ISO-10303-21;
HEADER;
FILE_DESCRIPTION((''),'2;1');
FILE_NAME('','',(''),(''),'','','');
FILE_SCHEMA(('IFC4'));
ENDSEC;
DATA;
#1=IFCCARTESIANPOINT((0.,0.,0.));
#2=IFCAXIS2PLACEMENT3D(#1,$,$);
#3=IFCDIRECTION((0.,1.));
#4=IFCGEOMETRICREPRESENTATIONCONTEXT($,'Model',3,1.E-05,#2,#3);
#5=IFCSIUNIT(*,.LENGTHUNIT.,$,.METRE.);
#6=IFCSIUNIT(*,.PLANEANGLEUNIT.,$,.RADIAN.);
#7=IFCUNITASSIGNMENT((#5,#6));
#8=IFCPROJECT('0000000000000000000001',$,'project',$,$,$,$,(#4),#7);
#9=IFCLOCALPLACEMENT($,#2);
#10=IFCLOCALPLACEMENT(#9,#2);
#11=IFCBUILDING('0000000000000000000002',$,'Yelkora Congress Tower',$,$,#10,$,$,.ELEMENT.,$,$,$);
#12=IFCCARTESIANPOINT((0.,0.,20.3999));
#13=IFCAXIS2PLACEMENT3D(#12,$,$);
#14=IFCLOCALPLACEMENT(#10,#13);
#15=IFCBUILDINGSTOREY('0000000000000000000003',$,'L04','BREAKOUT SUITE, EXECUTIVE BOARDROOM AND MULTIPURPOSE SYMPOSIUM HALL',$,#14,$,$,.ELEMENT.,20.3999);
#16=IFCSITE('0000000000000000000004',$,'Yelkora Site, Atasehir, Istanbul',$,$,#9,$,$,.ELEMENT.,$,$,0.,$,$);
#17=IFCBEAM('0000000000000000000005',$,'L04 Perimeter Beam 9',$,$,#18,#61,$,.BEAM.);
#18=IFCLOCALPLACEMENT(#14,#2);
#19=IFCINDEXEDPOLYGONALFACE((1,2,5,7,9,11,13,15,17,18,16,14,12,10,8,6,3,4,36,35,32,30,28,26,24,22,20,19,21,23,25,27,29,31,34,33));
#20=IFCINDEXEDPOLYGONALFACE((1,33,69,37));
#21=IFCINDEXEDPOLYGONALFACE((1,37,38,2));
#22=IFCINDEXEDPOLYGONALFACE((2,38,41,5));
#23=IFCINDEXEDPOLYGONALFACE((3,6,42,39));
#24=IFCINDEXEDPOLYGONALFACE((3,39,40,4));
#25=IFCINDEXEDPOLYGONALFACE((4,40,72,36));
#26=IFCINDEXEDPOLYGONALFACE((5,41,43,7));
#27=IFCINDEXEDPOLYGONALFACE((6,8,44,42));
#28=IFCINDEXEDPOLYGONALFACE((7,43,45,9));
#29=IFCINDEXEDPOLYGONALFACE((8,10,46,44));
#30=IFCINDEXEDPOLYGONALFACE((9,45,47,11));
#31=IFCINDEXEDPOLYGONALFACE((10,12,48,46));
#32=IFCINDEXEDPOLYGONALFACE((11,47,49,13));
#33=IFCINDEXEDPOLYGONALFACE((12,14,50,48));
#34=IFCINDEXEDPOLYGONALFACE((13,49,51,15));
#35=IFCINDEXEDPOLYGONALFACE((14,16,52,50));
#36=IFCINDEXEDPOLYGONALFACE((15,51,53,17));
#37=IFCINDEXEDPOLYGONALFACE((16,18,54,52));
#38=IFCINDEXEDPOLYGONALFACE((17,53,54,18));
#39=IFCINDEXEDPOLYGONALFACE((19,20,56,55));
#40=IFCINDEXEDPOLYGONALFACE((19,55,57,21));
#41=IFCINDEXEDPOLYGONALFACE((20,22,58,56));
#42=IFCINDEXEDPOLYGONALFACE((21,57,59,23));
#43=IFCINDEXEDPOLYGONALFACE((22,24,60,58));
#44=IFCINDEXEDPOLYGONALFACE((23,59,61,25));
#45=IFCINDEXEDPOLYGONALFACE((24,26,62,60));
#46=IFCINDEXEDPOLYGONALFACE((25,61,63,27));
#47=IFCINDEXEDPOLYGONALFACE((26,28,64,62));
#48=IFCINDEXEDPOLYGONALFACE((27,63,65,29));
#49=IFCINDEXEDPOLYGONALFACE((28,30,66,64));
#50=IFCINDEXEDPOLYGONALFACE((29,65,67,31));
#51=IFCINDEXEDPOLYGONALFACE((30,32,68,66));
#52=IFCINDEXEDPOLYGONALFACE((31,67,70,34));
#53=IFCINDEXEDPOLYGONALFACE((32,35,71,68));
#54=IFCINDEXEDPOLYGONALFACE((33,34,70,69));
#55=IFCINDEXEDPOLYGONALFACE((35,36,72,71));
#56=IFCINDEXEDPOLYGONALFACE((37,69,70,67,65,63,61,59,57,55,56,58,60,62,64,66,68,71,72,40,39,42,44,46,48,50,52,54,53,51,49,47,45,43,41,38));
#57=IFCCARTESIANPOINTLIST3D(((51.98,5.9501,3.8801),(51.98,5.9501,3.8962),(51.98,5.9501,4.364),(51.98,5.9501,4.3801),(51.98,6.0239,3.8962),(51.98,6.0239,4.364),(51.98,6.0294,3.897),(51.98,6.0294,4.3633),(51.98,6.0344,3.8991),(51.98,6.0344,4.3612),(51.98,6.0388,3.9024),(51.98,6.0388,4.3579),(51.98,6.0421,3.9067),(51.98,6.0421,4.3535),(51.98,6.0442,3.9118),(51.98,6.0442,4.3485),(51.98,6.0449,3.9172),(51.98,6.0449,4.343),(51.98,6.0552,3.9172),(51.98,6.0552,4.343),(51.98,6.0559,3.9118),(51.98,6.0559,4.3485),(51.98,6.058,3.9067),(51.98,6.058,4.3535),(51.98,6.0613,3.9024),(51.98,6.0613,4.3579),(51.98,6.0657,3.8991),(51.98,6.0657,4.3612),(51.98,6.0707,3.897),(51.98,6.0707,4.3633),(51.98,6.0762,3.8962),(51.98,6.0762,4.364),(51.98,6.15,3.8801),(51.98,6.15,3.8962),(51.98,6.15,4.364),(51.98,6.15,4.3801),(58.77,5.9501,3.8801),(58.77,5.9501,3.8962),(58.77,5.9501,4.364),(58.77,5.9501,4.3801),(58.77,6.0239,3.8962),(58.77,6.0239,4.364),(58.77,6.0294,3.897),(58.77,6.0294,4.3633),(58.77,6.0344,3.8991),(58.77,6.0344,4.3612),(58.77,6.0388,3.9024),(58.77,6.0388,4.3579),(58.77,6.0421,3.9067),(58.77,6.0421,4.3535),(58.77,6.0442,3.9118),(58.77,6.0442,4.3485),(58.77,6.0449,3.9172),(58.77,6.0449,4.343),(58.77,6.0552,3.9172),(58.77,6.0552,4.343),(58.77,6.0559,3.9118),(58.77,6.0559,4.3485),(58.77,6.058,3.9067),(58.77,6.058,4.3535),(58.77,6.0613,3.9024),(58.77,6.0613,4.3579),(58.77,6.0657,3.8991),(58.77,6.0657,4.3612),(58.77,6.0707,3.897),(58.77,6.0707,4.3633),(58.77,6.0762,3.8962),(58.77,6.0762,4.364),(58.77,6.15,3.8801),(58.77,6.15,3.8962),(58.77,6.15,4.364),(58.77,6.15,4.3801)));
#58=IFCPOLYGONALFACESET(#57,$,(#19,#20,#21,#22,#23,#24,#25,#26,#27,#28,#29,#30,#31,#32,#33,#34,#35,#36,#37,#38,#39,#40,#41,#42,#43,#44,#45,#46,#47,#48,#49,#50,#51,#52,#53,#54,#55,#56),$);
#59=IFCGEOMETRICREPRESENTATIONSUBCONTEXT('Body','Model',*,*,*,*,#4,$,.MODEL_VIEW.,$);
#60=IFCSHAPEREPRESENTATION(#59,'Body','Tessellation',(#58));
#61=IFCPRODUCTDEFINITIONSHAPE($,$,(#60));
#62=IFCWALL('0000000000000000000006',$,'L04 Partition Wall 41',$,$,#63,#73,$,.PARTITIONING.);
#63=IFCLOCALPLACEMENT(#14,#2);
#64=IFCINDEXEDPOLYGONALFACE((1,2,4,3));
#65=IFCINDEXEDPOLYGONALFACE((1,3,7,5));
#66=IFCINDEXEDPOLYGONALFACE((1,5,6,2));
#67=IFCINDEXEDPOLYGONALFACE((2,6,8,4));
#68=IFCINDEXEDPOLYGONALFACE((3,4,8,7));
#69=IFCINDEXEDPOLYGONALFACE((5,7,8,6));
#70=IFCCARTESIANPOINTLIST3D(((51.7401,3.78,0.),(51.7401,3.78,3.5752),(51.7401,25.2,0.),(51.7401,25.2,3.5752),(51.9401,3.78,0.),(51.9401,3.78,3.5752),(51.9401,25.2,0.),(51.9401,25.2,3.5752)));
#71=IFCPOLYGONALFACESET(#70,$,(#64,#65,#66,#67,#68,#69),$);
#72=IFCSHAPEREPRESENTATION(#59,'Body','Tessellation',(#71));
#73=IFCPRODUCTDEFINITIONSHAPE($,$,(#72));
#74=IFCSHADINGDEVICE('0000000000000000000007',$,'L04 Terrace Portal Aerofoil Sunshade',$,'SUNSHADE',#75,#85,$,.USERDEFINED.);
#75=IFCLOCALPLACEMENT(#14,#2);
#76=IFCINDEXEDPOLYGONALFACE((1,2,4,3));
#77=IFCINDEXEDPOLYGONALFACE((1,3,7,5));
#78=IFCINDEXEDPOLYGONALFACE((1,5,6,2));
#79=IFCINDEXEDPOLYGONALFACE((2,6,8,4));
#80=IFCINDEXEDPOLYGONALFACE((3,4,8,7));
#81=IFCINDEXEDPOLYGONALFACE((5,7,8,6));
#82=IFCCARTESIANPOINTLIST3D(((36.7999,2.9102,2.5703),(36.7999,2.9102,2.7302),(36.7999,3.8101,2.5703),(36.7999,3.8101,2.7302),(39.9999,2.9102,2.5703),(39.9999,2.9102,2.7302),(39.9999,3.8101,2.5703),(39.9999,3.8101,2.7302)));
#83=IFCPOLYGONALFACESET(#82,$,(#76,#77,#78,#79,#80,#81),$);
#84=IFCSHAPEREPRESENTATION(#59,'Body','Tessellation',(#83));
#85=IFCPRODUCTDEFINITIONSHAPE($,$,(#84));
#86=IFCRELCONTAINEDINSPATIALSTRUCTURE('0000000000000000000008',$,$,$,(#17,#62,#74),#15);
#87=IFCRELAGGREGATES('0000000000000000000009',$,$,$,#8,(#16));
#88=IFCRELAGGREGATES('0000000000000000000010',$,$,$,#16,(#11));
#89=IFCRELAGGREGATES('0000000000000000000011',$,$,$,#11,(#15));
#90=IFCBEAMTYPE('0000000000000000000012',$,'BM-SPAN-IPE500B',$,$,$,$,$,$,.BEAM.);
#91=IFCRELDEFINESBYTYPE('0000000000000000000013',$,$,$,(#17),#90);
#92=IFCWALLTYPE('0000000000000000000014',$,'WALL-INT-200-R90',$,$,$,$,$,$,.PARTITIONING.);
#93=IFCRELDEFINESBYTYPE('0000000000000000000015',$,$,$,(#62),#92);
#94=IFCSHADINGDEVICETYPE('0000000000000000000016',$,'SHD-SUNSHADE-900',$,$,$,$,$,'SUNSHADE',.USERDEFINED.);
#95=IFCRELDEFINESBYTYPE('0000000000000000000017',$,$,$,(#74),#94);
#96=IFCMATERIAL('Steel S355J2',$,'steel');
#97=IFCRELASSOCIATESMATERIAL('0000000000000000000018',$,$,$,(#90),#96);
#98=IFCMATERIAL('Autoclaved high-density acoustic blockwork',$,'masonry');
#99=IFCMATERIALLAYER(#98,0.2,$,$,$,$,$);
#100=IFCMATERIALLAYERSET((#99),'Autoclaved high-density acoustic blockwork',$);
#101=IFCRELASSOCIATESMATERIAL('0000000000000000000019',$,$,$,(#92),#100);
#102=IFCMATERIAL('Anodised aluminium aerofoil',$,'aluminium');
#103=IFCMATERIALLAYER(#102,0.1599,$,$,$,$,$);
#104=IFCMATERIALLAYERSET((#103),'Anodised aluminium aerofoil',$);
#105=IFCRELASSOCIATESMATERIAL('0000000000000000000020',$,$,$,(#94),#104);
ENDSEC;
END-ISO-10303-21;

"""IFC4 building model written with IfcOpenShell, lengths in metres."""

from ifc_helpers import new_model, si_unit, direction, frame, frame_2d, origin, origin_2d, place, context, subcontext, project, spatial, rectangle, i_section, extrude, material, layer, layer_set, material_profile, profile_set, type_object, element, save


model = new_model("IFC4")

# Units and contexts
model_context = context("Model", 3, precision=1e-05, world=origin(), true_north=direction((0.0, 1.0)))
body_context = subcontext(model_context, "Body", "Model", "MODEL_VIEW")
ifc_project = project(units=[si_unit("LENGTHUNIT", "METRE"), si_unit("PLANEANGLEUNIT", "RADIAN")], contexts=[model_context])

# Site, building, storey
site_placement = place(None, origin())
site = spatial("IfcSite", under=ifc_project, at=site_placement, Name="Yelkora Site, Atasehir, Istanbul", CompositionType="ELEMENT", RefElevation=0.0)
building_placement = place(site_placement, origin())
building = spatial("IfcBuilding", under=site, at=building_placement, Name="Yelkora Congress Tower", CompositionType="ELEMENT")
storey_placement = place(building_placement, frame((0.0, 0.0, 20.3999)))
storey = spatial("IfcBuildingStorey", under=building, at=storey_placement, Name="L04", Description="BREAKOUT SUITE, EXECUTIVE BOARDROOM AND MULTIPURPOSE SYMPOSIUM HALL", CompositionType="ELEMENT", Elevation=20.3999)

# Beam
ifc_material_1 = material(Name="Steel S355J2", Category="steel")
ifc_material_profile_1 = material_profile(ifc_material_1, i_section(OverallWidth=0.2, OverallDepth=0.5, WebThickness=0.0103, FlangeThickness=0.0161, FilletRadius=0.021, at=origin_2d()), Name="IPE 500")
ifc_profile_set_1 = profile_set([ifc_material_profile_1], Name="Steel S355J2")
beam_type_1 = type_object("IfcBeamType", Name="BM-SPAN-IPE500B", PredefinedType="BEAM", material=ifc_profile_set_1)
for number, where, z_axis, x_axis, name in (
    (1, (51.98, 6.05, 4.1301), (1.0, 0.0, 0.0), (0.0, 1.0, 0.0), "L04 Perimeter Beam 9"),
):
    element("IfcBeam", number, at=place(storey_placement, frame(where, z_axis=z_axis, x_axis=x_axis)), inside=storey, type_object=beam_type_1, Name=name, PredefinedType="BEAM", context=body_context, shape_type="SweptSolid", body=[
        extrude(i_section(OverallWidth=0.2, OverallDepth=0.5, WebThickness=0.0103, FlangeThickness=0.0161, FilletRadius=0.021, at=origin_2d()), origin(), (0.0, 0.0, 1.0), 6.79),
    ])

# Wall
ifc_material_2 = material(Name="Autoclaved high-density acoustic blockwork", Category="masonry")
ifc_layer_1 = layer(ifc_material_2, 0.2)
ifc_layer_set_1 = layer_set([ifc_layer_1], Name="Autoclaved high-density acoustic blockwork")
wall_type = type_object("IfcWallType", Name="WALL-INT-200-R90", PredefinedType="PARTITIONING", material=ifc_layer_set_1)
wall_placement = place(storey_placement, frame((51.8401, 3.78, 0.0), z_axis=(0.0, 0.0, 1.0), x_axis=(0.0, 1.0, 0.0)))
element("IfcWall", 2, at=wall_placement, inside=storey, type_object=wall_type, Name="L04 Partition Wall 41", PredefinedType="PARTITIONING", context=body_context, shape_type="SweptSolid", body=[
    extrude(rectangle(XDim=21.4199, YDim=0.2, at=frame_2d((10.71, 0.0))), origin(), (0.0, 0.0, 1.0), 3.5752),
])

# Shading device
ifc_material_3 = material(Name="Anodised aluminium aerofoil", Category="aluminium")
ifc_layer_2 = layer(ifc_material_3, 0.1599)
ifc_layer_set_2 = layer_set([ifc_layer_2], Name="Anodised aluminium aerofoil")
shading_device_type = type_object("IfcShadingDeviceType", Name="SHD-SUNSHADE-900", ElementType="SUNSHADE", PredefinedType="USERDEFINED", material=ifc_layer_set_2)
shading_device_placement = place(storey_placement, frame((38.3999, 3.3601, 2.5703), z_axis=(0.0, 0.0, 1.0), x_axis=(1.0, 0.0, 0.0)))
element("IfcShadingDevice", 3, at=shading_device_placement, inside=storey, type_object=shading_device_type, Name="L04 Terrace Portal Aerofoil Sunshade", ObjectType="SUNSHADE", PredefinedType="USERDEFINED", context=body_context, shape_type="SweptSolid", body=[
    extrude(rectangle(XDim=3.2, YDim=0.8999, at=origin_2d()), origin(), (0.0, 0.0, 1.0), 0.1599),
])

save(model, "model.ifc")
